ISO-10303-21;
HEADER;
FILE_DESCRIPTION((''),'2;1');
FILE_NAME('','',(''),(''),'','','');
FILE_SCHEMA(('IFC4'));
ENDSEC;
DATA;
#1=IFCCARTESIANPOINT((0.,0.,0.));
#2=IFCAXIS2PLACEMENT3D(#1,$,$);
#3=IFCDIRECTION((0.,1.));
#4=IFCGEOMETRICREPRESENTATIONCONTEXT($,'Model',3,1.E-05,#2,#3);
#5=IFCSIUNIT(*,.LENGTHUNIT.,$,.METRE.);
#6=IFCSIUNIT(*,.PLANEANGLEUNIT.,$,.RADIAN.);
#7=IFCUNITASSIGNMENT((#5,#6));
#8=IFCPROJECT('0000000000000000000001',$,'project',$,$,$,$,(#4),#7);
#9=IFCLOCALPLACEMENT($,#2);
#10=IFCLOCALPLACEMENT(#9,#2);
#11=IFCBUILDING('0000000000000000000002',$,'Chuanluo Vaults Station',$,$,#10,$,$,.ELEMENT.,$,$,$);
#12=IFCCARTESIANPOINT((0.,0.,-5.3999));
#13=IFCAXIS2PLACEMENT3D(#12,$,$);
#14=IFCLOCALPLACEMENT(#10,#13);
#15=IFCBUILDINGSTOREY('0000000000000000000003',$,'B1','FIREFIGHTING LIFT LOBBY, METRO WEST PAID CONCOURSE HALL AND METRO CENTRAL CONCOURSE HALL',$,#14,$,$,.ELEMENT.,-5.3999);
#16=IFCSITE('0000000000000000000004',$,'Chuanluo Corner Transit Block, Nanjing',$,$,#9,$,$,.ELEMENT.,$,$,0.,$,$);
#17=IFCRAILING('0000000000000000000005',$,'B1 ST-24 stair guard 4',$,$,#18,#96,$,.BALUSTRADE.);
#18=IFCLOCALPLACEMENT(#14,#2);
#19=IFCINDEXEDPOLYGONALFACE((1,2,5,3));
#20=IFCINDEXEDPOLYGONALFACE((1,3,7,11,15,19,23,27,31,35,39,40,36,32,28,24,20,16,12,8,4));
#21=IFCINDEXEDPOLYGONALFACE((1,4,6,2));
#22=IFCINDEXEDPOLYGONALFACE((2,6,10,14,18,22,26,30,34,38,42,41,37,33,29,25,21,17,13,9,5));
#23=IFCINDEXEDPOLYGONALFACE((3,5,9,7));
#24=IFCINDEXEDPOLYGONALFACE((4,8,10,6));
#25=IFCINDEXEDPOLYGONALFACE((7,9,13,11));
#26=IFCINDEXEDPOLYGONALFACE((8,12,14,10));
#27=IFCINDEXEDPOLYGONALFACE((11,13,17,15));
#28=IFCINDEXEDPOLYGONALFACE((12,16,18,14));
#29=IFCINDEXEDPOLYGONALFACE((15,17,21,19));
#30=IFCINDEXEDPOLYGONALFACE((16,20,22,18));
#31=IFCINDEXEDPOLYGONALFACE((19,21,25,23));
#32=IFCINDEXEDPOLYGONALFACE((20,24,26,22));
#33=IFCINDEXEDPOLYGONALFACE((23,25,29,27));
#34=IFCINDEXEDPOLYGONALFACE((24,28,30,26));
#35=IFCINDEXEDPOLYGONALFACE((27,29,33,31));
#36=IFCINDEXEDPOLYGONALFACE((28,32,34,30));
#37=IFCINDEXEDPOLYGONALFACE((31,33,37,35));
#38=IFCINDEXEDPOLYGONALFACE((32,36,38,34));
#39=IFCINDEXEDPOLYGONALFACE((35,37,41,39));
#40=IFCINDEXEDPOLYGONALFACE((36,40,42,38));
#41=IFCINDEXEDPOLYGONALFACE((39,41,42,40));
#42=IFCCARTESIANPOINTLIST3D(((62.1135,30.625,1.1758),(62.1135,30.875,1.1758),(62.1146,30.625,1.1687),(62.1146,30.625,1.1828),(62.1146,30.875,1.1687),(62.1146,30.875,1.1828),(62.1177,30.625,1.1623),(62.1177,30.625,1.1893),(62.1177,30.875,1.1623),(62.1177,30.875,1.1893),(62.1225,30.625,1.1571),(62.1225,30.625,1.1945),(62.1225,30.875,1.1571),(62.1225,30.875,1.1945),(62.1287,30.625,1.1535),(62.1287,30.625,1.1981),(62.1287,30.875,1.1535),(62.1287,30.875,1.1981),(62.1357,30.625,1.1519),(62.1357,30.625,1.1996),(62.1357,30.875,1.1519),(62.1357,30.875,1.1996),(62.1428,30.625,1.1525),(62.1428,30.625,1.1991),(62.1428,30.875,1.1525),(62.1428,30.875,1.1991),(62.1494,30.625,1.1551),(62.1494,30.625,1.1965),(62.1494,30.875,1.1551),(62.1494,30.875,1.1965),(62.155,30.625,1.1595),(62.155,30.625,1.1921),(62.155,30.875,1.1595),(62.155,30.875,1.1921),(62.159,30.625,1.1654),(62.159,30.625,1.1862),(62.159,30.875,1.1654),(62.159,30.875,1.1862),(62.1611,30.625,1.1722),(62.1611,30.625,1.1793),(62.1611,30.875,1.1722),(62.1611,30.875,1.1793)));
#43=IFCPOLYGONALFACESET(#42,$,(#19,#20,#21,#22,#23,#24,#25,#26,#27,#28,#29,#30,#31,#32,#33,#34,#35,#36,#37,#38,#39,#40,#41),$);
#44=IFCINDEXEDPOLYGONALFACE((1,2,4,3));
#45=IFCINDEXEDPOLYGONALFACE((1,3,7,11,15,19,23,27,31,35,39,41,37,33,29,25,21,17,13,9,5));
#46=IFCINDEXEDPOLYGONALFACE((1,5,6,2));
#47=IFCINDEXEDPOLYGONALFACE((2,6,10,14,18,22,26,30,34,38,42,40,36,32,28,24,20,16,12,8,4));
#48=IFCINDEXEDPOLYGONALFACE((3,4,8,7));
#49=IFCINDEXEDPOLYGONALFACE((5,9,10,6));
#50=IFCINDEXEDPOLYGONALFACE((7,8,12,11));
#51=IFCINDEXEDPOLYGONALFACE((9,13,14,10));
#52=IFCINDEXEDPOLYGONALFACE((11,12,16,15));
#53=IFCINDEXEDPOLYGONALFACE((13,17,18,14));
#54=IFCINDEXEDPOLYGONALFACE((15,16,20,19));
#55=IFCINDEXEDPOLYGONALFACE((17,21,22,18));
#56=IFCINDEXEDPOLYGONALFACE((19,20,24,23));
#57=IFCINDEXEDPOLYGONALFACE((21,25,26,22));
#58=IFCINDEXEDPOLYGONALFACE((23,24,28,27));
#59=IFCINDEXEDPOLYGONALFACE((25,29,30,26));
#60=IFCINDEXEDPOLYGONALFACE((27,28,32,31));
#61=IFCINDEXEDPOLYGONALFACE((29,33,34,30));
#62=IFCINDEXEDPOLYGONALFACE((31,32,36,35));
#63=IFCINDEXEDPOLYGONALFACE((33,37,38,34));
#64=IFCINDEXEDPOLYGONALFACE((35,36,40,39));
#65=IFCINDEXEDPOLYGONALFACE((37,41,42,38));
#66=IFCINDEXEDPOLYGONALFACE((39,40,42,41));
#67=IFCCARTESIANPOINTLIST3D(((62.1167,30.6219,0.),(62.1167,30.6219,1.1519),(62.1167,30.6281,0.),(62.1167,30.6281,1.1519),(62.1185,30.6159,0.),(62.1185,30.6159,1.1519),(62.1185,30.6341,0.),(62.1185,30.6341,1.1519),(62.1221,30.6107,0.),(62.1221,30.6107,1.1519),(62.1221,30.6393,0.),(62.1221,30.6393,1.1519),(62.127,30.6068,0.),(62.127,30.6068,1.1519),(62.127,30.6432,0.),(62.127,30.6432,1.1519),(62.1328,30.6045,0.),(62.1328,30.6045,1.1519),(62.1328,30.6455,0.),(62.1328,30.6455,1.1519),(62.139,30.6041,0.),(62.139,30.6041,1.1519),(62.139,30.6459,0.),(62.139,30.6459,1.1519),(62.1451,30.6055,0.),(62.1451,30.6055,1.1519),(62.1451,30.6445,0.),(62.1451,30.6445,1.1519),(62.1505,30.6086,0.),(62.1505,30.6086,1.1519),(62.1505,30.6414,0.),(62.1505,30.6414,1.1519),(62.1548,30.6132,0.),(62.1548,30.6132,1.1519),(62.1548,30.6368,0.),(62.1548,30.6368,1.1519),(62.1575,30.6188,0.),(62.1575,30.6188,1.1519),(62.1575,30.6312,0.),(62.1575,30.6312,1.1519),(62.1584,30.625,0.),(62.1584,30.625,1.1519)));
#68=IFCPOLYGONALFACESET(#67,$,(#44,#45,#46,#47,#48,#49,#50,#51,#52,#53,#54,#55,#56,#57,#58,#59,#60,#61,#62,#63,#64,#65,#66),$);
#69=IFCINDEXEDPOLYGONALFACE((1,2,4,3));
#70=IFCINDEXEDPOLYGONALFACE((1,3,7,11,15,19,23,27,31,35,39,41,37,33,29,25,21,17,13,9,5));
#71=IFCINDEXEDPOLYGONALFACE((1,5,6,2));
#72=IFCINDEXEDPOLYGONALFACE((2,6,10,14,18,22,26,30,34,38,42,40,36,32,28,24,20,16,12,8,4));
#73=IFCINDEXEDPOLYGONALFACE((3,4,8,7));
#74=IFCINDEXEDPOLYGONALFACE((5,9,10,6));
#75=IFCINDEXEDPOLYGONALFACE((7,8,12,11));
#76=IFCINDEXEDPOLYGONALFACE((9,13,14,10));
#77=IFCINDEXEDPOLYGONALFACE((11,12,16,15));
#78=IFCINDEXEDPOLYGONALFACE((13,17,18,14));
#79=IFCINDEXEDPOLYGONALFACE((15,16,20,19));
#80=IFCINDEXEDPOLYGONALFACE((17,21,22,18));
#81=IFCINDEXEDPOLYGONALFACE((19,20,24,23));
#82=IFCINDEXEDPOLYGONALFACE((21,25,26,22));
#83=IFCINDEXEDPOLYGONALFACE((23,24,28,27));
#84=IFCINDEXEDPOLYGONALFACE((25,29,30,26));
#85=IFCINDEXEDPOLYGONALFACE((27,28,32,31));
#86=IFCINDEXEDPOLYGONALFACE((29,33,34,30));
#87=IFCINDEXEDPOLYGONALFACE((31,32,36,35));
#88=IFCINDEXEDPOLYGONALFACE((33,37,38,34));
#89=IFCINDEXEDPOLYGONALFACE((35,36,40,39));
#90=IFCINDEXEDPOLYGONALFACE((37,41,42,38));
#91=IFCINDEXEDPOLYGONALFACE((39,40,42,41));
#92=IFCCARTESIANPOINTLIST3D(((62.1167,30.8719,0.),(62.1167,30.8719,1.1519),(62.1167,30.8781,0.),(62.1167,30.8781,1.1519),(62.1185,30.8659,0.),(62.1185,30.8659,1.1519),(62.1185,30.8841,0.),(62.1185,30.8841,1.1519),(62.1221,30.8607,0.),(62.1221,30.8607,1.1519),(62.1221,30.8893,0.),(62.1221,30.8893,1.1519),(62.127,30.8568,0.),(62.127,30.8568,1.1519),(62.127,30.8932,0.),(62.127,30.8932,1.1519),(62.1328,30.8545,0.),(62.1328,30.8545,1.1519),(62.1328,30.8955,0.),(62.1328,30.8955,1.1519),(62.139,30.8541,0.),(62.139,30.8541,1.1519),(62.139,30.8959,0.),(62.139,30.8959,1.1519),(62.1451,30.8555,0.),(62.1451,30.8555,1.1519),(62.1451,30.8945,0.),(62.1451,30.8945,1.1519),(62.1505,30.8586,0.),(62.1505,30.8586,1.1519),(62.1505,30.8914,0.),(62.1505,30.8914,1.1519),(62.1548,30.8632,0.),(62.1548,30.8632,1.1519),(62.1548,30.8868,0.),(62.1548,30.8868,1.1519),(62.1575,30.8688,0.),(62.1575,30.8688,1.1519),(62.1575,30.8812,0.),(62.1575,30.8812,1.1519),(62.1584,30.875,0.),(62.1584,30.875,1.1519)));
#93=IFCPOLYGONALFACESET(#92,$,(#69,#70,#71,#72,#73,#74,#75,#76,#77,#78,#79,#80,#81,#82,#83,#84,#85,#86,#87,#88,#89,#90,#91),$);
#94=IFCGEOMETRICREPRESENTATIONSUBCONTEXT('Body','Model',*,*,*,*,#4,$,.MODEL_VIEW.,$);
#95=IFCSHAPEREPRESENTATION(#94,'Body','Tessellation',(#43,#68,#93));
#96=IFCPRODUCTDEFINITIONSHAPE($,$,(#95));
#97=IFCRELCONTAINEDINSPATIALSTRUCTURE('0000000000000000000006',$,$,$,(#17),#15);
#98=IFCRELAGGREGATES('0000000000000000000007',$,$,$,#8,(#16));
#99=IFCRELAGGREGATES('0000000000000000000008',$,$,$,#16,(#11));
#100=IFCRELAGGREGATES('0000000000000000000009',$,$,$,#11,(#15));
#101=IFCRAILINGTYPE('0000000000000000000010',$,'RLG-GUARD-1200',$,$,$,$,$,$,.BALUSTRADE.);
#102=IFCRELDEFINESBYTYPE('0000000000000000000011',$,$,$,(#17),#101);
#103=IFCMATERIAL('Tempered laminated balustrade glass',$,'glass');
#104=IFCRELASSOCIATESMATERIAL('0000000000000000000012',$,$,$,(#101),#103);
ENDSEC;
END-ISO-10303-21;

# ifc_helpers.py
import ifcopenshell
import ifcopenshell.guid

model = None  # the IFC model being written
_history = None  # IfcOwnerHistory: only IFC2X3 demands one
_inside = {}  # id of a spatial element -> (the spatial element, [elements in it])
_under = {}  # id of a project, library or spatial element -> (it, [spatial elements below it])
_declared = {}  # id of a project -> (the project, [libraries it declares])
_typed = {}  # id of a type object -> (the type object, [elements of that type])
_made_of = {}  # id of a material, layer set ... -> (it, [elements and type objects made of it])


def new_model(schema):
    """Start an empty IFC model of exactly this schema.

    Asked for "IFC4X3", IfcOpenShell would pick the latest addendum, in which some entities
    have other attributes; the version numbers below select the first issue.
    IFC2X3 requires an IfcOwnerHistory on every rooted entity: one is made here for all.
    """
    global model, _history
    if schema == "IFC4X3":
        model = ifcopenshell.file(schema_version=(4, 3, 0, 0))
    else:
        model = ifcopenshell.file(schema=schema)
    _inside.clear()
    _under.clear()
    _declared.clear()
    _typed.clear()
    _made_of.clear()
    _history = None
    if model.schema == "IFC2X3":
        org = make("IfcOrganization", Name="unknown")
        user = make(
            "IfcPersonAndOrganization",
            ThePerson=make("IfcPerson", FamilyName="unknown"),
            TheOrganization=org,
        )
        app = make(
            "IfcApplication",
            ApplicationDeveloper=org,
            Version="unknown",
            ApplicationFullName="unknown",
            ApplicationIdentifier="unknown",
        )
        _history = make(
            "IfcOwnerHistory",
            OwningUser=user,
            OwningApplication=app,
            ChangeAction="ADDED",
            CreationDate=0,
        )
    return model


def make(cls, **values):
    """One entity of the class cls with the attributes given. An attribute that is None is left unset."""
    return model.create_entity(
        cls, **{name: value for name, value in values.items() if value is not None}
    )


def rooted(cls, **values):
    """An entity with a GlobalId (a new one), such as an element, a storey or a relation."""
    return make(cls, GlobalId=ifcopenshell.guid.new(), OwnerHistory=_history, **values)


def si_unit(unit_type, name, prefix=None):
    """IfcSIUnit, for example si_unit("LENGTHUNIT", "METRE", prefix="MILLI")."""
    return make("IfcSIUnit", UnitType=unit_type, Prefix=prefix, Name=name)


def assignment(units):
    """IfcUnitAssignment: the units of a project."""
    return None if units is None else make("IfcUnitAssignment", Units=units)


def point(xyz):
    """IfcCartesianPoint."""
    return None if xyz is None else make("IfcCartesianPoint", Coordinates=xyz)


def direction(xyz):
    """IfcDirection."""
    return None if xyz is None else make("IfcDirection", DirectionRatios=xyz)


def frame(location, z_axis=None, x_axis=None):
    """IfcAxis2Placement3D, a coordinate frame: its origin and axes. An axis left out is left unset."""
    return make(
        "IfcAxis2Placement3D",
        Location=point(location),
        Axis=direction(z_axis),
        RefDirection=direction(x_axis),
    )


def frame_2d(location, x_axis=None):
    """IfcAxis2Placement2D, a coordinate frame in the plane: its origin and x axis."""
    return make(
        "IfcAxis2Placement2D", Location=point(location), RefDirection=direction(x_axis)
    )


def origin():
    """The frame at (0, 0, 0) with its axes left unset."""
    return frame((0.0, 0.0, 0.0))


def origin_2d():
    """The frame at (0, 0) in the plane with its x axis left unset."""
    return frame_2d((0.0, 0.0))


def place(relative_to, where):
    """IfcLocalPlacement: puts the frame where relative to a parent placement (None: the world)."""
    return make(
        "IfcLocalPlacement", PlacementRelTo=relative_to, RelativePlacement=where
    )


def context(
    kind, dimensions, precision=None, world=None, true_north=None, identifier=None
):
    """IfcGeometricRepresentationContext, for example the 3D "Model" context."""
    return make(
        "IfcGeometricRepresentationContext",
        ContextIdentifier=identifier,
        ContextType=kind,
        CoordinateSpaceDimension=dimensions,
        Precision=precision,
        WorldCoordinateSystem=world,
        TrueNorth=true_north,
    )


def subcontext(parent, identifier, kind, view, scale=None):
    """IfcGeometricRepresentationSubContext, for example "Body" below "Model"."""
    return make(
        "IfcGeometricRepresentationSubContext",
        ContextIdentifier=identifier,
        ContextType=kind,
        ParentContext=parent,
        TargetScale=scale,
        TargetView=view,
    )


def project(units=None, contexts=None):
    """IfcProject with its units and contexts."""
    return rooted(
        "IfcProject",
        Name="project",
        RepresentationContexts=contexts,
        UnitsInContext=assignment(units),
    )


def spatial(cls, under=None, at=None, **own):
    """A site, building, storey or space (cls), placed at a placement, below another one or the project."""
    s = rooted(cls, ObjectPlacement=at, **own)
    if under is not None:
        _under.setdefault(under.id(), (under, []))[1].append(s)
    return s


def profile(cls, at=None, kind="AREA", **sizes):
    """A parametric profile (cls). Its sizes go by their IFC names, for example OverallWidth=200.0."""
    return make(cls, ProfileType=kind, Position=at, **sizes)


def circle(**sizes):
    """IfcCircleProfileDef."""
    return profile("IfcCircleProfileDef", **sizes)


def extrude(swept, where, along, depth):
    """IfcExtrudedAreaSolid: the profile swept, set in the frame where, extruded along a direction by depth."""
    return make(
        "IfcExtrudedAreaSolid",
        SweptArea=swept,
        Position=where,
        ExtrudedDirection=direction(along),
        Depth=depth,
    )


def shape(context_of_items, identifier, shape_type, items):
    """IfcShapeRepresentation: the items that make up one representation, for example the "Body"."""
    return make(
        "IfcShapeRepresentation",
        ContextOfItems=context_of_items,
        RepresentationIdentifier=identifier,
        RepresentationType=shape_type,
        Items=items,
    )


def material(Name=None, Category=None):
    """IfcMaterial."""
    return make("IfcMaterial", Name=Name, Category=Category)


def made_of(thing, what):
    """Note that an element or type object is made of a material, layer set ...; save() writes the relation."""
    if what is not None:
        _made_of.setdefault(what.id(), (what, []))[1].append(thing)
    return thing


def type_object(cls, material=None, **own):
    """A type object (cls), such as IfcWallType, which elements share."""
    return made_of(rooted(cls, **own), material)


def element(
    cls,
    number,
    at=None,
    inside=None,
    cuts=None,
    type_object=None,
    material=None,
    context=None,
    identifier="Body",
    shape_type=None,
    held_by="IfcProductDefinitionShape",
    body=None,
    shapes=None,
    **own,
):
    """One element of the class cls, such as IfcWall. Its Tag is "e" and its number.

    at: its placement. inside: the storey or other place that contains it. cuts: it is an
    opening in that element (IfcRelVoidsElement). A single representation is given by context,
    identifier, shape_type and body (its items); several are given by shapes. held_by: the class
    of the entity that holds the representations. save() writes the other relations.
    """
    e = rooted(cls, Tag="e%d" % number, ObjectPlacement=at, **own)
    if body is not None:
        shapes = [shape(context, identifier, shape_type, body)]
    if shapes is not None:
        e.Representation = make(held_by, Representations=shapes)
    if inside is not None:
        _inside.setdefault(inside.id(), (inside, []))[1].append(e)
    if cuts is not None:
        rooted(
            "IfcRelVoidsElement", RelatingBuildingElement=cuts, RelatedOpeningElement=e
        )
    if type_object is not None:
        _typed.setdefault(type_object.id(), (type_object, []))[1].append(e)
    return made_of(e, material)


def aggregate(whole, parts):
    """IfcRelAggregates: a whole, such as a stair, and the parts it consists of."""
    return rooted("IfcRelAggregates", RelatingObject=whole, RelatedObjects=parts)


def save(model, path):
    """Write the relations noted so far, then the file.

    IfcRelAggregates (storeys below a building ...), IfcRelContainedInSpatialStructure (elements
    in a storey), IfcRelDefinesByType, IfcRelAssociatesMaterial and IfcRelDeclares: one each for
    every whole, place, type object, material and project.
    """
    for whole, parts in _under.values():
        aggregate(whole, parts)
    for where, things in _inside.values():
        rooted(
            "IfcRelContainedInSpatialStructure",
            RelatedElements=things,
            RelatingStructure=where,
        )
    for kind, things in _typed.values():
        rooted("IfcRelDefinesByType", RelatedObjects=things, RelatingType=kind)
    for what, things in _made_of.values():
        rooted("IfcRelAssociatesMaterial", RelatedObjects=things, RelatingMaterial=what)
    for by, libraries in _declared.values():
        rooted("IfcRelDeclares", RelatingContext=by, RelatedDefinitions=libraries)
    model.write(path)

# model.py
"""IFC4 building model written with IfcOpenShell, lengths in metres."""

from ifc_helpers import new_model, si_unit, direction, frame, origin, origin_2d, place, context, subcontext, project, spatial, circle, extrude, material, type_object, element, save


model = new_model("IFC4")

# Units and contexts
model_context = context("Model", 3, precision=1e-05, world=origin(), true_north=direction((0.0, 1.0)))
body_context = subcontext(model_context, "Body", "Model", "MODEL_VIEW")
ifc_project = project(units=[si_unit("LENGTHUNIT", "METRE"), si_unit("PLANEANGLEUNIT", "RADIAN")], contexts=[model_context])

# Site, building, storey
site_placement = place(None, origin())
site = spatial("IfcSite", under=ifc_project, at=site_placement, Name="Chuanluo Corner Transit Block, Nanjing", CompositionType="ELEMENT", RefElevation=0.0)
building_placement = place(site_placement, origin())
building = spatial("IfcBuilding", under=site, at=building_placement, Name="Chuanluo Vaults Station", CompositionType="ELEMENT")
storey_placement = place(building_placement, frame((0.0, 0.0, -5.3999)))
storey = spatial("IfcBuildingStorey", under=building, at=storey_placement, Name="B1", Description="FIREFIGHTING LIFT LOBBY, METRO WEST PAID CONCOURSE HALL AND METRO CENTRAL CONCOURSE HALL", CompositionType="ELEMENT", Elevation=-5.3999)

# Railing
ifc_material_1 = material(Name="Tempered laminated balustrade glass", Category="glass")
railing_type_1 = type_object("IfcRailingType", Name="RLG-GUARD-1200", PredefinedType="BALUSTRADE", material=ifc_material_1)
railing_1_placement = place(storey_placement, frame((62.1375, 30.625, 0.0)))
element("IfcRailing", 1, at=railing_1_placement, inside=storey, type_object=railing_type_1, Name="B1 ST-24 stair guard 4", PredefinedType="BALUSTRADE", context=body_context, shape_type="SweptSolid", body=[
    extrude(circle(Radius=0.0239, at=origin_2d()), frame((0.0, 0.0, 1.1758), z_axis=(0.0, 1.0, 0.0), x_axis=(-1.0, 0.0, 0.0)), (0.0, 0.0, 1.0), 0.25),
    extrude(circle(Radius=0.021, at=origin_2d()), origin(), (0.0, 0.0, 1.0), 1.1519),
    extrude(circle(Radius=0.021, at=origin_2d()), frame((0.0, 0.25, 0.0)), (0.0, 0.0, 1.0), 1.1519),
])

save(model, "model.ifc")
